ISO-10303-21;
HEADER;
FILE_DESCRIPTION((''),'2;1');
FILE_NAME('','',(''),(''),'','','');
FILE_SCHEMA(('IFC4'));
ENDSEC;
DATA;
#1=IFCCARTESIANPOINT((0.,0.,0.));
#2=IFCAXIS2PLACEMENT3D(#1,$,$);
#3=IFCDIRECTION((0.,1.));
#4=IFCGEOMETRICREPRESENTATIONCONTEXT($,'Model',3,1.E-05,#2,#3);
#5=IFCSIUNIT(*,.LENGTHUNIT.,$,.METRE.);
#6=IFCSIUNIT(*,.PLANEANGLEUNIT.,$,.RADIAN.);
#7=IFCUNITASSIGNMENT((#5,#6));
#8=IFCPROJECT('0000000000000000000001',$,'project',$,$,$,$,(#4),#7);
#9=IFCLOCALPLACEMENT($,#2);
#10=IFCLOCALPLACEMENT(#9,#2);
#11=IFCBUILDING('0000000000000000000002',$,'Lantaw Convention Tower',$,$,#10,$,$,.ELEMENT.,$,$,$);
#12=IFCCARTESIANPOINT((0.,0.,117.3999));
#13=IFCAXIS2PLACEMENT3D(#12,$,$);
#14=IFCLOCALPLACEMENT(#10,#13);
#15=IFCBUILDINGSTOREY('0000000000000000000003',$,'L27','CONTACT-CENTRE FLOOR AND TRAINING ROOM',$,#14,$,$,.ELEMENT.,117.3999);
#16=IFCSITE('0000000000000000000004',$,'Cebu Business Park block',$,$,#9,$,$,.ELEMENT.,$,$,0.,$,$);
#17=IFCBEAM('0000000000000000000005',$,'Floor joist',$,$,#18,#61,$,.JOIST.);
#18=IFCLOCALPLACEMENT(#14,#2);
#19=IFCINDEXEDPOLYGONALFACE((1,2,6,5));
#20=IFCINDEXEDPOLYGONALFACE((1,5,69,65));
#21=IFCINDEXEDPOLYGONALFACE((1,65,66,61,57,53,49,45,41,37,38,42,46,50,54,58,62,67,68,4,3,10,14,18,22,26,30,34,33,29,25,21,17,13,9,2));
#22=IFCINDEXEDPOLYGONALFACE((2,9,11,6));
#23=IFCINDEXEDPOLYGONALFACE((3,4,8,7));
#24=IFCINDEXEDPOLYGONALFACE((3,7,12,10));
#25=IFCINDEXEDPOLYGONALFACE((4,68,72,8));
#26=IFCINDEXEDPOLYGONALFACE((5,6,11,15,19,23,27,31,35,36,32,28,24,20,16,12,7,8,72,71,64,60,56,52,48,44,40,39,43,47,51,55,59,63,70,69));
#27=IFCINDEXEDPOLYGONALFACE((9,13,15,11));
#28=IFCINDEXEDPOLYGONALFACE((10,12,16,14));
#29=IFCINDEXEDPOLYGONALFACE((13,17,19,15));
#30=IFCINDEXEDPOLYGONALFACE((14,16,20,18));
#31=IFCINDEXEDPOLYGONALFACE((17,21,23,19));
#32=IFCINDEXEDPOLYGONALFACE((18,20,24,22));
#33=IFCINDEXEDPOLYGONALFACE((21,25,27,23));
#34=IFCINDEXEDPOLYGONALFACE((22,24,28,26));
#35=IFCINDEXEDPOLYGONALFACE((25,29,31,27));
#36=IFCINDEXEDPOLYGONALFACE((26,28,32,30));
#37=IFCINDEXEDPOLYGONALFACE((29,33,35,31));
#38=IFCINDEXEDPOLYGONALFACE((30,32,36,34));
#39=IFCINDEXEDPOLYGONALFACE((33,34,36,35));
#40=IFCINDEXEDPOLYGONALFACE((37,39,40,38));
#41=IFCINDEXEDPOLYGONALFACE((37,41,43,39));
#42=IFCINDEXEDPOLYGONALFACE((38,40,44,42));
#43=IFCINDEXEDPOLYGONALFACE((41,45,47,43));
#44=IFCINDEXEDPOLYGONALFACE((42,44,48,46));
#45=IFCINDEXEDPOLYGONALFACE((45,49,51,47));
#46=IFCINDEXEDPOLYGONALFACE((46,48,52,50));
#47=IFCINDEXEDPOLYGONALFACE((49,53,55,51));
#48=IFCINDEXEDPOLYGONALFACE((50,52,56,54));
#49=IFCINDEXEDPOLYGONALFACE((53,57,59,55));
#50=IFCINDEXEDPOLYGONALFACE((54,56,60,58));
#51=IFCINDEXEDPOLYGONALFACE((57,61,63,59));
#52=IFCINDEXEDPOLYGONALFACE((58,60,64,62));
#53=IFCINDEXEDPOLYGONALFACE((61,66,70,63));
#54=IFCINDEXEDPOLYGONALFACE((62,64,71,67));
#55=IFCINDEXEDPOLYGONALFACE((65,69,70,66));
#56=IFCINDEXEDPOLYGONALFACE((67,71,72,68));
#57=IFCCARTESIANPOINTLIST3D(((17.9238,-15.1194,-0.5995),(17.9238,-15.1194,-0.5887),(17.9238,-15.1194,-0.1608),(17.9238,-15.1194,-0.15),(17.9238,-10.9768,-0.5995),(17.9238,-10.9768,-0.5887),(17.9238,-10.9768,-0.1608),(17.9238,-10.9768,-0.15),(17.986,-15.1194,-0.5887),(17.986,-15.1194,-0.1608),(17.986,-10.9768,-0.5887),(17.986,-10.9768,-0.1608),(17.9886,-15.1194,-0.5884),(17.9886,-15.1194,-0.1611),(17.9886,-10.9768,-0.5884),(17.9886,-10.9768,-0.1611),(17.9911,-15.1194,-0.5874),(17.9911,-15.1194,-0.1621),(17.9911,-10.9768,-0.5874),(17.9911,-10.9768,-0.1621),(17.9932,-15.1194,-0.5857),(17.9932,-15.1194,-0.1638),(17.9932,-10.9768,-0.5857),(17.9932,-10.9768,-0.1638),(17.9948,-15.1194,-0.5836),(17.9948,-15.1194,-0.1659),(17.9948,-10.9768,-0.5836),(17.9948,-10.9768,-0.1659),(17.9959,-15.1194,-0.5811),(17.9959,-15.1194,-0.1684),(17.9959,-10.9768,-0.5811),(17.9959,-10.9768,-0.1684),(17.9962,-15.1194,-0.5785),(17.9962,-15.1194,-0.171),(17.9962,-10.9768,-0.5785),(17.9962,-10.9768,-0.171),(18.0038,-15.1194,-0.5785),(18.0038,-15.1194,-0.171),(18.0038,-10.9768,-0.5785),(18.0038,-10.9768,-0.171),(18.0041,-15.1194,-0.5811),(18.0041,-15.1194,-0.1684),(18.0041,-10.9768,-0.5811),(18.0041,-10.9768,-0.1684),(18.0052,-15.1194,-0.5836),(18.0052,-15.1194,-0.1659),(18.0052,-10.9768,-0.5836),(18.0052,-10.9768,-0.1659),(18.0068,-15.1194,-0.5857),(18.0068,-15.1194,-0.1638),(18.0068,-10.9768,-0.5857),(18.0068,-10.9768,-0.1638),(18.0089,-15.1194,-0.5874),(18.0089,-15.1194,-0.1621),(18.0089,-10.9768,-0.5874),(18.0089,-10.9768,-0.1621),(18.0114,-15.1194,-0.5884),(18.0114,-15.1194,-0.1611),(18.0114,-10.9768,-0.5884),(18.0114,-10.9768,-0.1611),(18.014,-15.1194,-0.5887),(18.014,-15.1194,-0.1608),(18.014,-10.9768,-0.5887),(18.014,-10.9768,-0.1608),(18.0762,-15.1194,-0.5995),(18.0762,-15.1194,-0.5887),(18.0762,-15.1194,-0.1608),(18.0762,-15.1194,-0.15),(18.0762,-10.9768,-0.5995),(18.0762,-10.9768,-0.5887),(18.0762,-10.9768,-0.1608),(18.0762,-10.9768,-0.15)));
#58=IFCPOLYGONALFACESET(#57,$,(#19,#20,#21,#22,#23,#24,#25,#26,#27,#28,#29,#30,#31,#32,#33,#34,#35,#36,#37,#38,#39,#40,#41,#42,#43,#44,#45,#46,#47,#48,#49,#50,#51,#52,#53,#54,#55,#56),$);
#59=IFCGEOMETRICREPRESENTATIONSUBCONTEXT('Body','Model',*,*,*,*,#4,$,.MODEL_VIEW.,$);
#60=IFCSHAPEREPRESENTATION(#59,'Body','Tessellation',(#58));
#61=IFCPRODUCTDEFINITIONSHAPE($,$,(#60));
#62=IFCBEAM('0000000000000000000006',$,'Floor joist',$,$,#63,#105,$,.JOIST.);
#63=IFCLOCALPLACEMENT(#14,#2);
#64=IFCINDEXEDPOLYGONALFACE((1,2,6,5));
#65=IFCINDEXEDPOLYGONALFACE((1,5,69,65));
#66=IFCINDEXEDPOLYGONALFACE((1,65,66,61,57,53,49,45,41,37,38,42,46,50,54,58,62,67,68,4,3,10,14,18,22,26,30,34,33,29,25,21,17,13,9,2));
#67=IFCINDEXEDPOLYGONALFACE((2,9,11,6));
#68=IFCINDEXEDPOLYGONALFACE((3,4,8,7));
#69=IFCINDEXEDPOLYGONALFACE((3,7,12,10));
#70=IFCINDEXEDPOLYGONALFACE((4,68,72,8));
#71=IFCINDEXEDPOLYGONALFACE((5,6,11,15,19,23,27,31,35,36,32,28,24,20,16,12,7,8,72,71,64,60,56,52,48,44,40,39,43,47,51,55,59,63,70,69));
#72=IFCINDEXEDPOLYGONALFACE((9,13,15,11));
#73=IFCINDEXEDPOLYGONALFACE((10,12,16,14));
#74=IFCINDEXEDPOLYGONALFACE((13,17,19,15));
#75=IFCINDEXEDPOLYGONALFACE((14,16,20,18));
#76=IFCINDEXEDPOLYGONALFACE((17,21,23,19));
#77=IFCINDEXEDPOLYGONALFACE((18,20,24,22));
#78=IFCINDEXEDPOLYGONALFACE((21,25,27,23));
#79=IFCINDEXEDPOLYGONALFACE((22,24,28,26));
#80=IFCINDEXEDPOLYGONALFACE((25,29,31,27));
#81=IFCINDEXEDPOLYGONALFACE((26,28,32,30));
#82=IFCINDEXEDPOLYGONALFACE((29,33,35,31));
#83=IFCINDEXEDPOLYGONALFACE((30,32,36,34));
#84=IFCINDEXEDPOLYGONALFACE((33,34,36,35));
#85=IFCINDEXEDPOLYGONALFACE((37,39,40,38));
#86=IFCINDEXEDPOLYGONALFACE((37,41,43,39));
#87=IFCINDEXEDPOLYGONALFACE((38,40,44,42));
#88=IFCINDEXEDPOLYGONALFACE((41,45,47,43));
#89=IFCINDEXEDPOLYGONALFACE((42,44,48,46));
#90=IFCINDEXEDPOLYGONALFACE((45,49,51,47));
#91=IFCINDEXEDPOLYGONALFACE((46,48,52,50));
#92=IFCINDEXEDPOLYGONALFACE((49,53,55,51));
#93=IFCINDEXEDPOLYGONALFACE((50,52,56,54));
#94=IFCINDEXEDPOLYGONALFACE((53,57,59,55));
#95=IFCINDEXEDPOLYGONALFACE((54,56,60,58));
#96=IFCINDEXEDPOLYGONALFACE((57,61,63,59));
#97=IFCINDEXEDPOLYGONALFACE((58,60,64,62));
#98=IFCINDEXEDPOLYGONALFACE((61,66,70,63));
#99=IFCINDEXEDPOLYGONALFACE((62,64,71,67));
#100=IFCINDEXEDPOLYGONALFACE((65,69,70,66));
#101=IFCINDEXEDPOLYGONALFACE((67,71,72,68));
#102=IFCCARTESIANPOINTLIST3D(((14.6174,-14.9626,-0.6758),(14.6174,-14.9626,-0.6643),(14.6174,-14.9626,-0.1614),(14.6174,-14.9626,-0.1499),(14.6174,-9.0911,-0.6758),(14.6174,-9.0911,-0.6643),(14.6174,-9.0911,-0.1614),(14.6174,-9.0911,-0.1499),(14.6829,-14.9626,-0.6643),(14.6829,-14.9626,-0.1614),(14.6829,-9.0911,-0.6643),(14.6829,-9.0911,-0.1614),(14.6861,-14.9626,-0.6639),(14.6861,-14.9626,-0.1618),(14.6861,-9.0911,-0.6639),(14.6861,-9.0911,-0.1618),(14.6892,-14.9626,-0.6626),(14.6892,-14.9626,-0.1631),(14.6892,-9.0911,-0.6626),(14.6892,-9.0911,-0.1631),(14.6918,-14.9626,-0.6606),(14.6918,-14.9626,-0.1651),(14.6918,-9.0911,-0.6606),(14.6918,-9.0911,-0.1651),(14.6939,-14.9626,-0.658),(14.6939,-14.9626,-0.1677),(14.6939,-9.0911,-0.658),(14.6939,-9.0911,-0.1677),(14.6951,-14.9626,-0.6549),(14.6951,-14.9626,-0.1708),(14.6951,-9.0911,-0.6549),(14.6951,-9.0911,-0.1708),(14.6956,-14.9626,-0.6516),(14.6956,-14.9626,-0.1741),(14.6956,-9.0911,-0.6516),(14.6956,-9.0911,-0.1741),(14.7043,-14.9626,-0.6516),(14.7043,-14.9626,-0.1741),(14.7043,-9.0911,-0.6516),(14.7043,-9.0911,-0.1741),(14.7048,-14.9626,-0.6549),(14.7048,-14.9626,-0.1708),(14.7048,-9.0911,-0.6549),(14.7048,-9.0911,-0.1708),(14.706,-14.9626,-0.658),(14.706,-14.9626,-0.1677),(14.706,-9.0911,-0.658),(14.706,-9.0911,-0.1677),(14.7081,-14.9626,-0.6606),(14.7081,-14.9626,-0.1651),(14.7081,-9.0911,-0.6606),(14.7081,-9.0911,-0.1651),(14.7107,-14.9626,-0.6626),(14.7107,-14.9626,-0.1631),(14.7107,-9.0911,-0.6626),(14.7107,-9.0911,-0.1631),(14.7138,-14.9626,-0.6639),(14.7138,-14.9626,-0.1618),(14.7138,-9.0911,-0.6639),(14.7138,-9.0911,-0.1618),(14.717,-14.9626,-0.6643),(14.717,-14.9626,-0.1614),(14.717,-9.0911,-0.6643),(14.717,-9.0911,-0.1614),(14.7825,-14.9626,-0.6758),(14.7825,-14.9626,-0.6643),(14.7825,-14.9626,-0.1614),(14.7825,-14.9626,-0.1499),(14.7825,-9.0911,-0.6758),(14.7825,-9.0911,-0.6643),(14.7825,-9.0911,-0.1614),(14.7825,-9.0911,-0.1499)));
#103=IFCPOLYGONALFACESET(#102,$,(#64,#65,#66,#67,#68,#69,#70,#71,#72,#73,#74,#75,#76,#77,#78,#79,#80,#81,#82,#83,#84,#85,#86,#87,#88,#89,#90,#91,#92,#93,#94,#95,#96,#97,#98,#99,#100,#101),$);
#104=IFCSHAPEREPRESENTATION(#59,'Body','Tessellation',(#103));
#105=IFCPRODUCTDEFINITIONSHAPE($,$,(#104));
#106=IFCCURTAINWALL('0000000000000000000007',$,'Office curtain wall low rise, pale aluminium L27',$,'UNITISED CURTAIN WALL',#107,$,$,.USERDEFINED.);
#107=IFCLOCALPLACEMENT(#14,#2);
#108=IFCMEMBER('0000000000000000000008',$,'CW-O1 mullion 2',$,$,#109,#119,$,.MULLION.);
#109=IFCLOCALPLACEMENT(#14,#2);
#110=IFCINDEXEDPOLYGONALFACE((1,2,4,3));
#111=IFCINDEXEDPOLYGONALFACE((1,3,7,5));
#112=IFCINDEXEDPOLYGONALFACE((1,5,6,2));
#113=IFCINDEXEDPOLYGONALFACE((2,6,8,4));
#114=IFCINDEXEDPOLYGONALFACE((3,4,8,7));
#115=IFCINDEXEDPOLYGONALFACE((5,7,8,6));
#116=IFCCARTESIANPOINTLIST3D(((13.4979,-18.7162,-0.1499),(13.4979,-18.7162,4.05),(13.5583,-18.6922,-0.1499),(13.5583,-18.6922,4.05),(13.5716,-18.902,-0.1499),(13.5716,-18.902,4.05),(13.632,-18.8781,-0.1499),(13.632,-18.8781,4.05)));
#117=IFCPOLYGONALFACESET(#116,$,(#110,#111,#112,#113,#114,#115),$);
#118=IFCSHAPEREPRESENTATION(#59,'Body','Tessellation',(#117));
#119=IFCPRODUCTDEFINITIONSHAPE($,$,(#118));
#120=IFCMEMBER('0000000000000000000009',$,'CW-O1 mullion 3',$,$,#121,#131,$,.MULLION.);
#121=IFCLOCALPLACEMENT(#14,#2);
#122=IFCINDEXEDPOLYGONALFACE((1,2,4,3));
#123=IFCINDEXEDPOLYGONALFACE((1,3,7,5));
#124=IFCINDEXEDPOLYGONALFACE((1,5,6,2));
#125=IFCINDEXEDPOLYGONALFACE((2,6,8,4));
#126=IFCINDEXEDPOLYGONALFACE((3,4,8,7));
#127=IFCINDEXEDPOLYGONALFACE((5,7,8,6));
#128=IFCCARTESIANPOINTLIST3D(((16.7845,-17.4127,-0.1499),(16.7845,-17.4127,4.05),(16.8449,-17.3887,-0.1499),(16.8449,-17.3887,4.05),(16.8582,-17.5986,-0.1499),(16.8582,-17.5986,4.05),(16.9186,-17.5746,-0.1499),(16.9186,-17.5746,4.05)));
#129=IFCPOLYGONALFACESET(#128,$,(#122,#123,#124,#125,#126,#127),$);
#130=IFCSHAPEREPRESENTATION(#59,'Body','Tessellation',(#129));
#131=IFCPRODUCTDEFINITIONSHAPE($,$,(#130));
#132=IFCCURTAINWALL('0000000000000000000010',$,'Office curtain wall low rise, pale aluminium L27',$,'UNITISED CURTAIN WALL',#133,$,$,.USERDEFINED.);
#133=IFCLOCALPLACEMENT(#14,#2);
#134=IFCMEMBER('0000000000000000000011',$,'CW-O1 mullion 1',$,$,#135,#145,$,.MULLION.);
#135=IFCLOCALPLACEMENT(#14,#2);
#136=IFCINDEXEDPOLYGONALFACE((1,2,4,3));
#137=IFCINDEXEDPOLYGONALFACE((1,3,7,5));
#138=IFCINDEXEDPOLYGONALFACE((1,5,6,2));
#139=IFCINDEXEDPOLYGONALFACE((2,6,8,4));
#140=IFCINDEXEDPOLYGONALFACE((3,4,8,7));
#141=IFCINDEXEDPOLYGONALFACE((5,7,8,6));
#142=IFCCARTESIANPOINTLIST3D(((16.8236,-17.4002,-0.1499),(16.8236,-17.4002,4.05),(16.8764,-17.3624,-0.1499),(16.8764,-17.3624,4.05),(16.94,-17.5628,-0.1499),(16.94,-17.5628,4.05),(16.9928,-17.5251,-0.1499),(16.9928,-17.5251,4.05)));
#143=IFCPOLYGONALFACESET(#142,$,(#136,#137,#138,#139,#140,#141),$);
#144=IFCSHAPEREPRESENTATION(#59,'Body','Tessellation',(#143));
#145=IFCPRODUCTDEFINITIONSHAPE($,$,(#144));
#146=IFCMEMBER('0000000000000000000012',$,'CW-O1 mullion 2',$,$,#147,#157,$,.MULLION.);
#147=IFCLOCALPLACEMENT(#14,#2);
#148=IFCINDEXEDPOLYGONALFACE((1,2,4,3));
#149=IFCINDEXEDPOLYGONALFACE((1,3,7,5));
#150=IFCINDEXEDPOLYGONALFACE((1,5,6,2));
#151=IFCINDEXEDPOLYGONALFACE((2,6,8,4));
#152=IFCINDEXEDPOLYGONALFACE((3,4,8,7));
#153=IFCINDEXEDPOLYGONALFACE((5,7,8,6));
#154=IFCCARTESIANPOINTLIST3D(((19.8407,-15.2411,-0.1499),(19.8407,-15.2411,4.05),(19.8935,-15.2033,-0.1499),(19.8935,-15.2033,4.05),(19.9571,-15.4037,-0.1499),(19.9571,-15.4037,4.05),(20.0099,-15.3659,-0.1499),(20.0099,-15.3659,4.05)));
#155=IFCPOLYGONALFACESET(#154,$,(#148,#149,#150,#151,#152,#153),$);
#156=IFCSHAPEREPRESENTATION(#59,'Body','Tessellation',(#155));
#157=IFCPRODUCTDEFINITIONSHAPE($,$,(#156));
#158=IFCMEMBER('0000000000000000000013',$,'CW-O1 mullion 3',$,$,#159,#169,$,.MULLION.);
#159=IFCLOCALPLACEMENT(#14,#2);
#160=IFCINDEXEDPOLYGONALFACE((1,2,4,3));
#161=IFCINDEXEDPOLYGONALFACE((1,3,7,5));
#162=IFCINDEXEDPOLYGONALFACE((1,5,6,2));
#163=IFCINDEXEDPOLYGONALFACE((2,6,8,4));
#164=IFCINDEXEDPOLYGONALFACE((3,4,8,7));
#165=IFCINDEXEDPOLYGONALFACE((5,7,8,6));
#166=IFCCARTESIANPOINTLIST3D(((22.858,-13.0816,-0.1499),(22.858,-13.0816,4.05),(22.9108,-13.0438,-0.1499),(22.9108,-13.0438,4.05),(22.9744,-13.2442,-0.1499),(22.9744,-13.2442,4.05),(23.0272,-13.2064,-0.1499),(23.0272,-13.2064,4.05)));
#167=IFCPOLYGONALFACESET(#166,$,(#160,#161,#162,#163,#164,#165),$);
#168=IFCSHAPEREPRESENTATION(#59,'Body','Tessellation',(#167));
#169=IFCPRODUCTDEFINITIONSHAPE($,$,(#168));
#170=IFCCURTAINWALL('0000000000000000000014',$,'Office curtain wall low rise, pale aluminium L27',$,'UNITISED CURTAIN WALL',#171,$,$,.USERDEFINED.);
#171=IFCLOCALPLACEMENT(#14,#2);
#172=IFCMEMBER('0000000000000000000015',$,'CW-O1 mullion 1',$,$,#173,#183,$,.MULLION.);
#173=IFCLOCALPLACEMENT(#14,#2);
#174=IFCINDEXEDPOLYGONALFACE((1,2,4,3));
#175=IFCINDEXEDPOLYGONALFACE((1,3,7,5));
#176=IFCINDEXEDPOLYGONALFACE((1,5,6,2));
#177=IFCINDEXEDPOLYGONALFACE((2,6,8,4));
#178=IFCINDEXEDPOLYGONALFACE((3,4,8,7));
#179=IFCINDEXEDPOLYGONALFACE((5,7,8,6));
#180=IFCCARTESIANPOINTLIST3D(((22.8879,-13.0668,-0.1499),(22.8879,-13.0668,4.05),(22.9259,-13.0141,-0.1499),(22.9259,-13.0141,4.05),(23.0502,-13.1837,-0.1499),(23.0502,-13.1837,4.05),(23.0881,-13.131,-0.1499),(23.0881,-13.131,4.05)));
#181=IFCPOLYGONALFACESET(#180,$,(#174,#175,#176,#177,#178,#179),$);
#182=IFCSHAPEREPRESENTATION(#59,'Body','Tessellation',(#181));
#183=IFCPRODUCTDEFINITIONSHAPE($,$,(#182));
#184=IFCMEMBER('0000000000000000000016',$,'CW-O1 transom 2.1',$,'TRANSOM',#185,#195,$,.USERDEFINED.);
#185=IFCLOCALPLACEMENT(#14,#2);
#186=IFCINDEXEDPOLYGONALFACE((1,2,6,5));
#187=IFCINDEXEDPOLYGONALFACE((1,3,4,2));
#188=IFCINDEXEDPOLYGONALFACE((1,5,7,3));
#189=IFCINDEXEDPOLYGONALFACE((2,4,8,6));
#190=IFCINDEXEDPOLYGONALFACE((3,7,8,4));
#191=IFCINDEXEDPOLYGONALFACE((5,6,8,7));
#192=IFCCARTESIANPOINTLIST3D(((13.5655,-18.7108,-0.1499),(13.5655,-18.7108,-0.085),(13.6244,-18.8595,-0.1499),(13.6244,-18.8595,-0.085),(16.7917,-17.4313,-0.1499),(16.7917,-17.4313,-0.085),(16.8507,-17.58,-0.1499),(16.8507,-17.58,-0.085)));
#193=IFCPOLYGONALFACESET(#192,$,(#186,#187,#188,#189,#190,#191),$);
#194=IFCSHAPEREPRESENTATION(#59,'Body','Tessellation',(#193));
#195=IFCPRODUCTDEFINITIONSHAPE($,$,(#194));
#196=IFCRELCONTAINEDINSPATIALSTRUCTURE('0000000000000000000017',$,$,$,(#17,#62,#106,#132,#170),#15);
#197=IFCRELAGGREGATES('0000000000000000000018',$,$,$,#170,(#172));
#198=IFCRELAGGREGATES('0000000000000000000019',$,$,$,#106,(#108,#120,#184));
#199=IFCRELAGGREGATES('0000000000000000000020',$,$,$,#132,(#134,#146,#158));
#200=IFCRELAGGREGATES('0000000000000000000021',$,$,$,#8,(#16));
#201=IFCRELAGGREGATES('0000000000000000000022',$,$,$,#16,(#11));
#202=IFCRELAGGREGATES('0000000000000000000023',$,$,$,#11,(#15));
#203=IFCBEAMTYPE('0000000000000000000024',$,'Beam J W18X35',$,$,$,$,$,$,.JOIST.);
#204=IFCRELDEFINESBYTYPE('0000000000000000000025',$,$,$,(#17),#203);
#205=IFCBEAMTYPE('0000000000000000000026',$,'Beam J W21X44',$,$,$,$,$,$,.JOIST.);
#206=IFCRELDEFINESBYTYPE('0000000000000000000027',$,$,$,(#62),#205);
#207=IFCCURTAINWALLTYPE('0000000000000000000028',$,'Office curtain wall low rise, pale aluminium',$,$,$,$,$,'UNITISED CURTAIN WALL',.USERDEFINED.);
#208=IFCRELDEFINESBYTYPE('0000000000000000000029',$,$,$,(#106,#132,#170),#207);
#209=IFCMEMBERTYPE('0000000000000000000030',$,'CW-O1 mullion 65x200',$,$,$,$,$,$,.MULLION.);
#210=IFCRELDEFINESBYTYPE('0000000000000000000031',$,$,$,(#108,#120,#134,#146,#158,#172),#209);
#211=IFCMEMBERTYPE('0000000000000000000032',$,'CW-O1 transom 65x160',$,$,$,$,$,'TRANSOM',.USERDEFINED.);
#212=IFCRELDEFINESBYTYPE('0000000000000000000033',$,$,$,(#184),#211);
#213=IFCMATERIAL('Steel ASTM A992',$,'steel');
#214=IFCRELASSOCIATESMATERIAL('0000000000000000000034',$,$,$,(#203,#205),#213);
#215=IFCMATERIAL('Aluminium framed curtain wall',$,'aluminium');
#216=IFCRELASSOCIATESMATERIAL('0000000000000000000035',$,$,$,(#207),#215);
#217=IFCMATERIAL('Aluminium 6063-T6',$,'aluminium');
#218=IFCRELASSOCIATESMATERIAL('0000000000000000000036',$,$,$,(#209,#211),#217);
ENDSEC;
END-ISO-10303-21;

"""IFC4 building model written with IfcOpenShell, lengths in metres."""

from ifc_helpers import new_model, si_unit, direction, frame, origin, origin_2d, place, context, subcontext, project, spatial, rectangle, i_section, extrude, material, material_profile, profile_set, type_object, element, aggregate, save


model = new_model("IFC4")

# Units and contexts
model_context = context("Model", 3, precision=1e-05, world=origin(), true_north=direction((0.0, 1.0)))
body_context = subcontext(model_context, "Body", "Model", "MODEL_VIEW")
ifc_project = project(units=[si_unit("LENGTHUNIT", "METRE"), si_unit("PLANEANGLEUNIT", "RADIAN")], contexts=[model_context])

# Site, building, storey
site_placement = place(None, origin())
site = spatial("IfcSite", under=ifc_project, at=site_placement, Name="Cebu Business Park block", CompositionType="ELEMENT", RefElevation=0.0)
building_placement = place(site_placement, origin())
building = spatial("IfcBuilding", under=site, at=building_placement, Name="Lantaw Convention Tower", CompositionType="ELEMENT")
storey_placement = place(building_placement, frame((0.0, 0.0, 117.3999)))
storey = spatial("IfcBuildingStorey", under=building, at=storey_placement, Name="L27", Description="CONTACT-CENTRE FLOOR AND TRAINING ROOM", CompositionType="ELEMENT", Elevation=117.3999)

# Beams
ifc_material_1 = material(Name="Steel ASTM A992", Category="steel")
ifc_material_profile_1 = material_profile(ifc_material_1, i_section(OverallWidth=0.1523, OverallDepth=0.4495, WebThickness=0.0076, FlangeThickness=0.0107, FilletRadius=0.0103, at=origin_2d()), Name="W18X35")
ifc_profile_set_1 = profile_set([ifc_material_profile_1], Name="Steel ASTM A992")
beam_type_1 = type_object("IfcBeamType", Name="Beam J W18X35", PredefinedType="JOIST", material=ifc_profile_set_1)
beam_1_placement = place(storey_placement, frame((18.0, -15.1194, -0.3748), z_axis=(0.0, 1.0, 0.0), x_axis=(-1.0, 0.0, 0.0)))
element("IfcBeam", 1, at=beam_1_placement, inside=storey, type_object=beam_type_1, Name="Floor joist", PredefinedType="JOIST", context=body_context, shape_type="SweptSolid", body=[
    extrude(i_section(OverallWidth=0.1523, OverallDepth=0.4495, WebThickness=0.0076, FlangeThickness=0.0107, FilletRadius=0.0103, at=origin_2d()), origin(), (0.0, 0.0, 1.0), 4.1426),
])
ifc_material_profile_2 = material_profile(ifc_material_1, i_section(OverallWidth=0.165, OverallDepth=0.5259, WebThickness=0.0088, FlangeThickness=0.0115, FilletRadius=0.0127, at=origin_2d()), Name="W21X44")
ifc_profile_set_2 = profile_set([ifc_material_profile_2], Name="Steel ASTM A992")
beam_type_2 = type_object("IfcBeamType", Name="Beam J W21X44", PredefinedType="JOIST", material=ifc_profile_set_2)
beam_2_placement = place(storey_placement, frame((14.7, -14.9626, -0.4128), z_axis=(0.0, 1.0, 0.0), x_axis=(-1.0, 0.0, 0.0)))
element("IfcBeam", 2, at=beam_2_placement, inside=storey, type_object=beam_type_2, Name="Floor joist", PredefinedType="JOIST", context=body_context, shape_type="SweptSolid", body=[
    extrude(i_section(OverallWidth=0.165, OverallDepth=0.5259, WebThickness=0.0088, FlangeThickness=0.0115, FilletRadius=0.0127, at=origin_2d()), origin(), (0.0, 0.0, 1.0), 5.8716),
])

# Curtain walls, members
ifc_material_2 = material(Name="Aluminium framed curtain wall", Category="aluminium")
curtain_wall_type = type_object("IfcCurtainWallType", Name="Office curtain wall low rise, pale aluminium", ElementType="UNITISED CURTAIN WALL", PredefinedType="USERDEFINED", material=ifc_material_2)
curtain_wall_1_placement = place(storey_placement, origin())
curtain_wall_1 = element("IfcCurtainWall", 3, at=curtain_wall_1_placement, inside=storey, type_object=curtain_wall_type, Name="Office curtain wall low rise, pale aluminium L27", ObjectType="UNITISED CURTAIN WALL", PredefinedType="USERDEFINED")
ifc_material_3 = material(Name="Aluminium 6063-T6", Category="aluminium")
ifc_material_profile_3 = material_profile(ifc_material_3, rectangle(XDim=0.2, YDim=0.0649, at=origin_2d()), Name="CW-O1 mullion 65x200")
ifc_profile_set_3 = profile_set([ifc_material_profile_3], Name="Aluminium 6063-T6")
member_type_1 = type_object("IfcMemberType", Name="CW-O1 mullion 65x200", PredefinedType="MULLION", material=ifc_profile_set_3)
member_1_placement = place(storey_placement, frame((13.5649, -18.7971, -0.1499), z_axis=(0.0, 0.0, 1.0), x_axis=(-0.368702, 0.929548, 0.0)))
member_1 = element("IfcMember", 4, at=member_1_placement, type_object=member_type_1, Name="CW-O1 mullion 2", PredefinedType="MULLION", context=body_context, shape_type="SweptSolid", body=[
    extrude(rectangle(XDim=0.2, YDim=0.0649, at=origin_2d()), origin(), (0.0, 0.0, 1.0), 4.2),
])
member_2_placement = place(storey_placement, frame((16.8516, -17.4937, -0.1499), z_axis=(0.0, 0.0, 1.0), x_axis=(-0.368702, 0.929548, 0.0)))
member_2 = element("IfcMember", 5, at=member_2_placement, type_object=member_type_1, Name="CW-O1 mullion 3", PredefinedType="MULLION", context=body_context, shape_type="SweptSolid", body=[
    extrude(rectangle(XDim=0.2, YDim=0.0649, at=origin_2d()), origin(), (0.0, 0.0, 1.0), 4.2),
])
curtain_wall_2_placement = place(storey_placement, origin())
curtain_wall_2 = element("IfcCurtainWall", 6, at=curtain_wall_2_placement, inside=storey, type_object=curtain_wall_type, Name="Office curtain wall low rise, pale aluminium L27", ObjectType="UNITISED CURTAIN WALL", PredefinedType="USERDEFINED")
member_3_placement = place(storey_placement, frame((16.9082, -17.4626, -0.1499), z_axis=(0.0, 0.0, 1.0), x_axis=(-0.581973, 0.813208, 0.0)))
member_3 = element("IfcMember", 7, at=member_3_placement, type_object=member_type_1, Name="CW-O1 mullion 1", PredefinedType="MULLION", context=body_context, shape_type="SweptSolid", body=[
    extrude(rectangle(XDim=0.2, YDim=0.0649, at=origin_2d()), origin(), (0.0, 0.0, 1.0), 4.2),
])
member_4_placement = place(storey_placement, frame((19.9253, -15.3035, -0.1499), z_axis=(0.0, 0.0, 1.0), x_axis=(-0.581973, 0.813208, 0.0)))
member_4 = element("IfcMember", 8, at=member_4_placement, type_object=member_type_1, Name="CW-O1 mullion 2", PredefinedType="MULLION", context=body_context, shape_type="SweptSolid", body=[
    extrude(rectangle(XDim=0.2, YDim=0.0649, at=origin_2d()), origin(), (0.0, 0.0, 1.0), 4.2),
])
member_5_placement = place(storey_placement, frame((22.9426, -13.144, -0.1499), z_axis=(0.0, 0.0, 1.0), x_axis=(-0.581973, 0.813208, 0.0)))
member_5 = element("IfcMember", 9, at=member_5_placement, type_object=member_type_1, Name="CW-O1 mullion 3", PredefinedType="MULLION", context=body_context, shape_type="SweptSolid", body=[
    extrude(rectangle(XDim=0.2, YDim=0.0649, at=origin_2d()), origin(), (0.0, 0.0, 1.0), 4.2),
])

# Curtain wall, member
curtain_wall_3_placement = place(storey_placement, origin())
curtain_wall_3 = element("IfcCurtainWall", 10, at=curtain_wall_3_placement, inside=storey, type_object=curtain_wall_type, Name="Office curtain wall low rise, pale aluminium L27", ObjectType="UNITISED CURTAIN WALL", PredefinedType="USERDEFINED")
member_6_placement = place(storey_placement, frame((22.988, -13.0989, -0.1499), z_axis=(0.0, 0.0, 1.0), x_axis=(-0.811385, 0.584513, 0.0)))
member_6 = element("IfcMember", 11, at=member_6_placement, type_object=member_type_1, Name="CW-O1 mullion 1", PredefinedType="MULLION", context=body_context, shape_type="SweptSolid", body=[
    extrude(rectangle(XDim=0.2, YDim=0.0649, at=origin_2d()), origin(), (0.0, 0.0, 1.0), 4.2),
])

# Member
ifc_material_profile_4 = material_profile(ifc_material_3, rectangle(XDim=0.1599, YDim=0.0649, at=origin_2d()), Name="CW-O1 transom 65x160")
ifc_profile_set_4 = profile_set([ifc_material_profile_4], Name="Aluminium 6063-T6")
member_type_2 = type_object("IfcMemberType", Name="CW-O1 transom 65x160", ElementType="TRANSOM", PredefinedType="USERDEFINED", material=ifc_profile_set_4)
member_7_placement = place(storey_placement, frame((13.595, -18.7852, -0.1174), z_axis=(0.929564, 0.36866, 0.0), x_axis=(-0.36866, 0.929564, 0.0)))
member_7 = element("IfcMember", 12, at=member_7_placement, type_object=member_type_2, Name="CW-O1 transom 2.1", ObjectType="TRANSOM", PredefinedType="USERDEFINED", context=body_context, shape_type="SweptSolid", body=[
    extrude(rectangle(XDim=0.1599, YDim=0.0649, at=origin_2d()), origin(), (0.0, 0.0, 1.0), 3.4707),
])
aggregate(curtain_wall_3, [member_6])

aggregate(curtain_wall_1, [member_1, member_2, member_7])
aggregate(curtain_wall_2, [member_3, member_4, member_5])

save(model, "model.ifc")
